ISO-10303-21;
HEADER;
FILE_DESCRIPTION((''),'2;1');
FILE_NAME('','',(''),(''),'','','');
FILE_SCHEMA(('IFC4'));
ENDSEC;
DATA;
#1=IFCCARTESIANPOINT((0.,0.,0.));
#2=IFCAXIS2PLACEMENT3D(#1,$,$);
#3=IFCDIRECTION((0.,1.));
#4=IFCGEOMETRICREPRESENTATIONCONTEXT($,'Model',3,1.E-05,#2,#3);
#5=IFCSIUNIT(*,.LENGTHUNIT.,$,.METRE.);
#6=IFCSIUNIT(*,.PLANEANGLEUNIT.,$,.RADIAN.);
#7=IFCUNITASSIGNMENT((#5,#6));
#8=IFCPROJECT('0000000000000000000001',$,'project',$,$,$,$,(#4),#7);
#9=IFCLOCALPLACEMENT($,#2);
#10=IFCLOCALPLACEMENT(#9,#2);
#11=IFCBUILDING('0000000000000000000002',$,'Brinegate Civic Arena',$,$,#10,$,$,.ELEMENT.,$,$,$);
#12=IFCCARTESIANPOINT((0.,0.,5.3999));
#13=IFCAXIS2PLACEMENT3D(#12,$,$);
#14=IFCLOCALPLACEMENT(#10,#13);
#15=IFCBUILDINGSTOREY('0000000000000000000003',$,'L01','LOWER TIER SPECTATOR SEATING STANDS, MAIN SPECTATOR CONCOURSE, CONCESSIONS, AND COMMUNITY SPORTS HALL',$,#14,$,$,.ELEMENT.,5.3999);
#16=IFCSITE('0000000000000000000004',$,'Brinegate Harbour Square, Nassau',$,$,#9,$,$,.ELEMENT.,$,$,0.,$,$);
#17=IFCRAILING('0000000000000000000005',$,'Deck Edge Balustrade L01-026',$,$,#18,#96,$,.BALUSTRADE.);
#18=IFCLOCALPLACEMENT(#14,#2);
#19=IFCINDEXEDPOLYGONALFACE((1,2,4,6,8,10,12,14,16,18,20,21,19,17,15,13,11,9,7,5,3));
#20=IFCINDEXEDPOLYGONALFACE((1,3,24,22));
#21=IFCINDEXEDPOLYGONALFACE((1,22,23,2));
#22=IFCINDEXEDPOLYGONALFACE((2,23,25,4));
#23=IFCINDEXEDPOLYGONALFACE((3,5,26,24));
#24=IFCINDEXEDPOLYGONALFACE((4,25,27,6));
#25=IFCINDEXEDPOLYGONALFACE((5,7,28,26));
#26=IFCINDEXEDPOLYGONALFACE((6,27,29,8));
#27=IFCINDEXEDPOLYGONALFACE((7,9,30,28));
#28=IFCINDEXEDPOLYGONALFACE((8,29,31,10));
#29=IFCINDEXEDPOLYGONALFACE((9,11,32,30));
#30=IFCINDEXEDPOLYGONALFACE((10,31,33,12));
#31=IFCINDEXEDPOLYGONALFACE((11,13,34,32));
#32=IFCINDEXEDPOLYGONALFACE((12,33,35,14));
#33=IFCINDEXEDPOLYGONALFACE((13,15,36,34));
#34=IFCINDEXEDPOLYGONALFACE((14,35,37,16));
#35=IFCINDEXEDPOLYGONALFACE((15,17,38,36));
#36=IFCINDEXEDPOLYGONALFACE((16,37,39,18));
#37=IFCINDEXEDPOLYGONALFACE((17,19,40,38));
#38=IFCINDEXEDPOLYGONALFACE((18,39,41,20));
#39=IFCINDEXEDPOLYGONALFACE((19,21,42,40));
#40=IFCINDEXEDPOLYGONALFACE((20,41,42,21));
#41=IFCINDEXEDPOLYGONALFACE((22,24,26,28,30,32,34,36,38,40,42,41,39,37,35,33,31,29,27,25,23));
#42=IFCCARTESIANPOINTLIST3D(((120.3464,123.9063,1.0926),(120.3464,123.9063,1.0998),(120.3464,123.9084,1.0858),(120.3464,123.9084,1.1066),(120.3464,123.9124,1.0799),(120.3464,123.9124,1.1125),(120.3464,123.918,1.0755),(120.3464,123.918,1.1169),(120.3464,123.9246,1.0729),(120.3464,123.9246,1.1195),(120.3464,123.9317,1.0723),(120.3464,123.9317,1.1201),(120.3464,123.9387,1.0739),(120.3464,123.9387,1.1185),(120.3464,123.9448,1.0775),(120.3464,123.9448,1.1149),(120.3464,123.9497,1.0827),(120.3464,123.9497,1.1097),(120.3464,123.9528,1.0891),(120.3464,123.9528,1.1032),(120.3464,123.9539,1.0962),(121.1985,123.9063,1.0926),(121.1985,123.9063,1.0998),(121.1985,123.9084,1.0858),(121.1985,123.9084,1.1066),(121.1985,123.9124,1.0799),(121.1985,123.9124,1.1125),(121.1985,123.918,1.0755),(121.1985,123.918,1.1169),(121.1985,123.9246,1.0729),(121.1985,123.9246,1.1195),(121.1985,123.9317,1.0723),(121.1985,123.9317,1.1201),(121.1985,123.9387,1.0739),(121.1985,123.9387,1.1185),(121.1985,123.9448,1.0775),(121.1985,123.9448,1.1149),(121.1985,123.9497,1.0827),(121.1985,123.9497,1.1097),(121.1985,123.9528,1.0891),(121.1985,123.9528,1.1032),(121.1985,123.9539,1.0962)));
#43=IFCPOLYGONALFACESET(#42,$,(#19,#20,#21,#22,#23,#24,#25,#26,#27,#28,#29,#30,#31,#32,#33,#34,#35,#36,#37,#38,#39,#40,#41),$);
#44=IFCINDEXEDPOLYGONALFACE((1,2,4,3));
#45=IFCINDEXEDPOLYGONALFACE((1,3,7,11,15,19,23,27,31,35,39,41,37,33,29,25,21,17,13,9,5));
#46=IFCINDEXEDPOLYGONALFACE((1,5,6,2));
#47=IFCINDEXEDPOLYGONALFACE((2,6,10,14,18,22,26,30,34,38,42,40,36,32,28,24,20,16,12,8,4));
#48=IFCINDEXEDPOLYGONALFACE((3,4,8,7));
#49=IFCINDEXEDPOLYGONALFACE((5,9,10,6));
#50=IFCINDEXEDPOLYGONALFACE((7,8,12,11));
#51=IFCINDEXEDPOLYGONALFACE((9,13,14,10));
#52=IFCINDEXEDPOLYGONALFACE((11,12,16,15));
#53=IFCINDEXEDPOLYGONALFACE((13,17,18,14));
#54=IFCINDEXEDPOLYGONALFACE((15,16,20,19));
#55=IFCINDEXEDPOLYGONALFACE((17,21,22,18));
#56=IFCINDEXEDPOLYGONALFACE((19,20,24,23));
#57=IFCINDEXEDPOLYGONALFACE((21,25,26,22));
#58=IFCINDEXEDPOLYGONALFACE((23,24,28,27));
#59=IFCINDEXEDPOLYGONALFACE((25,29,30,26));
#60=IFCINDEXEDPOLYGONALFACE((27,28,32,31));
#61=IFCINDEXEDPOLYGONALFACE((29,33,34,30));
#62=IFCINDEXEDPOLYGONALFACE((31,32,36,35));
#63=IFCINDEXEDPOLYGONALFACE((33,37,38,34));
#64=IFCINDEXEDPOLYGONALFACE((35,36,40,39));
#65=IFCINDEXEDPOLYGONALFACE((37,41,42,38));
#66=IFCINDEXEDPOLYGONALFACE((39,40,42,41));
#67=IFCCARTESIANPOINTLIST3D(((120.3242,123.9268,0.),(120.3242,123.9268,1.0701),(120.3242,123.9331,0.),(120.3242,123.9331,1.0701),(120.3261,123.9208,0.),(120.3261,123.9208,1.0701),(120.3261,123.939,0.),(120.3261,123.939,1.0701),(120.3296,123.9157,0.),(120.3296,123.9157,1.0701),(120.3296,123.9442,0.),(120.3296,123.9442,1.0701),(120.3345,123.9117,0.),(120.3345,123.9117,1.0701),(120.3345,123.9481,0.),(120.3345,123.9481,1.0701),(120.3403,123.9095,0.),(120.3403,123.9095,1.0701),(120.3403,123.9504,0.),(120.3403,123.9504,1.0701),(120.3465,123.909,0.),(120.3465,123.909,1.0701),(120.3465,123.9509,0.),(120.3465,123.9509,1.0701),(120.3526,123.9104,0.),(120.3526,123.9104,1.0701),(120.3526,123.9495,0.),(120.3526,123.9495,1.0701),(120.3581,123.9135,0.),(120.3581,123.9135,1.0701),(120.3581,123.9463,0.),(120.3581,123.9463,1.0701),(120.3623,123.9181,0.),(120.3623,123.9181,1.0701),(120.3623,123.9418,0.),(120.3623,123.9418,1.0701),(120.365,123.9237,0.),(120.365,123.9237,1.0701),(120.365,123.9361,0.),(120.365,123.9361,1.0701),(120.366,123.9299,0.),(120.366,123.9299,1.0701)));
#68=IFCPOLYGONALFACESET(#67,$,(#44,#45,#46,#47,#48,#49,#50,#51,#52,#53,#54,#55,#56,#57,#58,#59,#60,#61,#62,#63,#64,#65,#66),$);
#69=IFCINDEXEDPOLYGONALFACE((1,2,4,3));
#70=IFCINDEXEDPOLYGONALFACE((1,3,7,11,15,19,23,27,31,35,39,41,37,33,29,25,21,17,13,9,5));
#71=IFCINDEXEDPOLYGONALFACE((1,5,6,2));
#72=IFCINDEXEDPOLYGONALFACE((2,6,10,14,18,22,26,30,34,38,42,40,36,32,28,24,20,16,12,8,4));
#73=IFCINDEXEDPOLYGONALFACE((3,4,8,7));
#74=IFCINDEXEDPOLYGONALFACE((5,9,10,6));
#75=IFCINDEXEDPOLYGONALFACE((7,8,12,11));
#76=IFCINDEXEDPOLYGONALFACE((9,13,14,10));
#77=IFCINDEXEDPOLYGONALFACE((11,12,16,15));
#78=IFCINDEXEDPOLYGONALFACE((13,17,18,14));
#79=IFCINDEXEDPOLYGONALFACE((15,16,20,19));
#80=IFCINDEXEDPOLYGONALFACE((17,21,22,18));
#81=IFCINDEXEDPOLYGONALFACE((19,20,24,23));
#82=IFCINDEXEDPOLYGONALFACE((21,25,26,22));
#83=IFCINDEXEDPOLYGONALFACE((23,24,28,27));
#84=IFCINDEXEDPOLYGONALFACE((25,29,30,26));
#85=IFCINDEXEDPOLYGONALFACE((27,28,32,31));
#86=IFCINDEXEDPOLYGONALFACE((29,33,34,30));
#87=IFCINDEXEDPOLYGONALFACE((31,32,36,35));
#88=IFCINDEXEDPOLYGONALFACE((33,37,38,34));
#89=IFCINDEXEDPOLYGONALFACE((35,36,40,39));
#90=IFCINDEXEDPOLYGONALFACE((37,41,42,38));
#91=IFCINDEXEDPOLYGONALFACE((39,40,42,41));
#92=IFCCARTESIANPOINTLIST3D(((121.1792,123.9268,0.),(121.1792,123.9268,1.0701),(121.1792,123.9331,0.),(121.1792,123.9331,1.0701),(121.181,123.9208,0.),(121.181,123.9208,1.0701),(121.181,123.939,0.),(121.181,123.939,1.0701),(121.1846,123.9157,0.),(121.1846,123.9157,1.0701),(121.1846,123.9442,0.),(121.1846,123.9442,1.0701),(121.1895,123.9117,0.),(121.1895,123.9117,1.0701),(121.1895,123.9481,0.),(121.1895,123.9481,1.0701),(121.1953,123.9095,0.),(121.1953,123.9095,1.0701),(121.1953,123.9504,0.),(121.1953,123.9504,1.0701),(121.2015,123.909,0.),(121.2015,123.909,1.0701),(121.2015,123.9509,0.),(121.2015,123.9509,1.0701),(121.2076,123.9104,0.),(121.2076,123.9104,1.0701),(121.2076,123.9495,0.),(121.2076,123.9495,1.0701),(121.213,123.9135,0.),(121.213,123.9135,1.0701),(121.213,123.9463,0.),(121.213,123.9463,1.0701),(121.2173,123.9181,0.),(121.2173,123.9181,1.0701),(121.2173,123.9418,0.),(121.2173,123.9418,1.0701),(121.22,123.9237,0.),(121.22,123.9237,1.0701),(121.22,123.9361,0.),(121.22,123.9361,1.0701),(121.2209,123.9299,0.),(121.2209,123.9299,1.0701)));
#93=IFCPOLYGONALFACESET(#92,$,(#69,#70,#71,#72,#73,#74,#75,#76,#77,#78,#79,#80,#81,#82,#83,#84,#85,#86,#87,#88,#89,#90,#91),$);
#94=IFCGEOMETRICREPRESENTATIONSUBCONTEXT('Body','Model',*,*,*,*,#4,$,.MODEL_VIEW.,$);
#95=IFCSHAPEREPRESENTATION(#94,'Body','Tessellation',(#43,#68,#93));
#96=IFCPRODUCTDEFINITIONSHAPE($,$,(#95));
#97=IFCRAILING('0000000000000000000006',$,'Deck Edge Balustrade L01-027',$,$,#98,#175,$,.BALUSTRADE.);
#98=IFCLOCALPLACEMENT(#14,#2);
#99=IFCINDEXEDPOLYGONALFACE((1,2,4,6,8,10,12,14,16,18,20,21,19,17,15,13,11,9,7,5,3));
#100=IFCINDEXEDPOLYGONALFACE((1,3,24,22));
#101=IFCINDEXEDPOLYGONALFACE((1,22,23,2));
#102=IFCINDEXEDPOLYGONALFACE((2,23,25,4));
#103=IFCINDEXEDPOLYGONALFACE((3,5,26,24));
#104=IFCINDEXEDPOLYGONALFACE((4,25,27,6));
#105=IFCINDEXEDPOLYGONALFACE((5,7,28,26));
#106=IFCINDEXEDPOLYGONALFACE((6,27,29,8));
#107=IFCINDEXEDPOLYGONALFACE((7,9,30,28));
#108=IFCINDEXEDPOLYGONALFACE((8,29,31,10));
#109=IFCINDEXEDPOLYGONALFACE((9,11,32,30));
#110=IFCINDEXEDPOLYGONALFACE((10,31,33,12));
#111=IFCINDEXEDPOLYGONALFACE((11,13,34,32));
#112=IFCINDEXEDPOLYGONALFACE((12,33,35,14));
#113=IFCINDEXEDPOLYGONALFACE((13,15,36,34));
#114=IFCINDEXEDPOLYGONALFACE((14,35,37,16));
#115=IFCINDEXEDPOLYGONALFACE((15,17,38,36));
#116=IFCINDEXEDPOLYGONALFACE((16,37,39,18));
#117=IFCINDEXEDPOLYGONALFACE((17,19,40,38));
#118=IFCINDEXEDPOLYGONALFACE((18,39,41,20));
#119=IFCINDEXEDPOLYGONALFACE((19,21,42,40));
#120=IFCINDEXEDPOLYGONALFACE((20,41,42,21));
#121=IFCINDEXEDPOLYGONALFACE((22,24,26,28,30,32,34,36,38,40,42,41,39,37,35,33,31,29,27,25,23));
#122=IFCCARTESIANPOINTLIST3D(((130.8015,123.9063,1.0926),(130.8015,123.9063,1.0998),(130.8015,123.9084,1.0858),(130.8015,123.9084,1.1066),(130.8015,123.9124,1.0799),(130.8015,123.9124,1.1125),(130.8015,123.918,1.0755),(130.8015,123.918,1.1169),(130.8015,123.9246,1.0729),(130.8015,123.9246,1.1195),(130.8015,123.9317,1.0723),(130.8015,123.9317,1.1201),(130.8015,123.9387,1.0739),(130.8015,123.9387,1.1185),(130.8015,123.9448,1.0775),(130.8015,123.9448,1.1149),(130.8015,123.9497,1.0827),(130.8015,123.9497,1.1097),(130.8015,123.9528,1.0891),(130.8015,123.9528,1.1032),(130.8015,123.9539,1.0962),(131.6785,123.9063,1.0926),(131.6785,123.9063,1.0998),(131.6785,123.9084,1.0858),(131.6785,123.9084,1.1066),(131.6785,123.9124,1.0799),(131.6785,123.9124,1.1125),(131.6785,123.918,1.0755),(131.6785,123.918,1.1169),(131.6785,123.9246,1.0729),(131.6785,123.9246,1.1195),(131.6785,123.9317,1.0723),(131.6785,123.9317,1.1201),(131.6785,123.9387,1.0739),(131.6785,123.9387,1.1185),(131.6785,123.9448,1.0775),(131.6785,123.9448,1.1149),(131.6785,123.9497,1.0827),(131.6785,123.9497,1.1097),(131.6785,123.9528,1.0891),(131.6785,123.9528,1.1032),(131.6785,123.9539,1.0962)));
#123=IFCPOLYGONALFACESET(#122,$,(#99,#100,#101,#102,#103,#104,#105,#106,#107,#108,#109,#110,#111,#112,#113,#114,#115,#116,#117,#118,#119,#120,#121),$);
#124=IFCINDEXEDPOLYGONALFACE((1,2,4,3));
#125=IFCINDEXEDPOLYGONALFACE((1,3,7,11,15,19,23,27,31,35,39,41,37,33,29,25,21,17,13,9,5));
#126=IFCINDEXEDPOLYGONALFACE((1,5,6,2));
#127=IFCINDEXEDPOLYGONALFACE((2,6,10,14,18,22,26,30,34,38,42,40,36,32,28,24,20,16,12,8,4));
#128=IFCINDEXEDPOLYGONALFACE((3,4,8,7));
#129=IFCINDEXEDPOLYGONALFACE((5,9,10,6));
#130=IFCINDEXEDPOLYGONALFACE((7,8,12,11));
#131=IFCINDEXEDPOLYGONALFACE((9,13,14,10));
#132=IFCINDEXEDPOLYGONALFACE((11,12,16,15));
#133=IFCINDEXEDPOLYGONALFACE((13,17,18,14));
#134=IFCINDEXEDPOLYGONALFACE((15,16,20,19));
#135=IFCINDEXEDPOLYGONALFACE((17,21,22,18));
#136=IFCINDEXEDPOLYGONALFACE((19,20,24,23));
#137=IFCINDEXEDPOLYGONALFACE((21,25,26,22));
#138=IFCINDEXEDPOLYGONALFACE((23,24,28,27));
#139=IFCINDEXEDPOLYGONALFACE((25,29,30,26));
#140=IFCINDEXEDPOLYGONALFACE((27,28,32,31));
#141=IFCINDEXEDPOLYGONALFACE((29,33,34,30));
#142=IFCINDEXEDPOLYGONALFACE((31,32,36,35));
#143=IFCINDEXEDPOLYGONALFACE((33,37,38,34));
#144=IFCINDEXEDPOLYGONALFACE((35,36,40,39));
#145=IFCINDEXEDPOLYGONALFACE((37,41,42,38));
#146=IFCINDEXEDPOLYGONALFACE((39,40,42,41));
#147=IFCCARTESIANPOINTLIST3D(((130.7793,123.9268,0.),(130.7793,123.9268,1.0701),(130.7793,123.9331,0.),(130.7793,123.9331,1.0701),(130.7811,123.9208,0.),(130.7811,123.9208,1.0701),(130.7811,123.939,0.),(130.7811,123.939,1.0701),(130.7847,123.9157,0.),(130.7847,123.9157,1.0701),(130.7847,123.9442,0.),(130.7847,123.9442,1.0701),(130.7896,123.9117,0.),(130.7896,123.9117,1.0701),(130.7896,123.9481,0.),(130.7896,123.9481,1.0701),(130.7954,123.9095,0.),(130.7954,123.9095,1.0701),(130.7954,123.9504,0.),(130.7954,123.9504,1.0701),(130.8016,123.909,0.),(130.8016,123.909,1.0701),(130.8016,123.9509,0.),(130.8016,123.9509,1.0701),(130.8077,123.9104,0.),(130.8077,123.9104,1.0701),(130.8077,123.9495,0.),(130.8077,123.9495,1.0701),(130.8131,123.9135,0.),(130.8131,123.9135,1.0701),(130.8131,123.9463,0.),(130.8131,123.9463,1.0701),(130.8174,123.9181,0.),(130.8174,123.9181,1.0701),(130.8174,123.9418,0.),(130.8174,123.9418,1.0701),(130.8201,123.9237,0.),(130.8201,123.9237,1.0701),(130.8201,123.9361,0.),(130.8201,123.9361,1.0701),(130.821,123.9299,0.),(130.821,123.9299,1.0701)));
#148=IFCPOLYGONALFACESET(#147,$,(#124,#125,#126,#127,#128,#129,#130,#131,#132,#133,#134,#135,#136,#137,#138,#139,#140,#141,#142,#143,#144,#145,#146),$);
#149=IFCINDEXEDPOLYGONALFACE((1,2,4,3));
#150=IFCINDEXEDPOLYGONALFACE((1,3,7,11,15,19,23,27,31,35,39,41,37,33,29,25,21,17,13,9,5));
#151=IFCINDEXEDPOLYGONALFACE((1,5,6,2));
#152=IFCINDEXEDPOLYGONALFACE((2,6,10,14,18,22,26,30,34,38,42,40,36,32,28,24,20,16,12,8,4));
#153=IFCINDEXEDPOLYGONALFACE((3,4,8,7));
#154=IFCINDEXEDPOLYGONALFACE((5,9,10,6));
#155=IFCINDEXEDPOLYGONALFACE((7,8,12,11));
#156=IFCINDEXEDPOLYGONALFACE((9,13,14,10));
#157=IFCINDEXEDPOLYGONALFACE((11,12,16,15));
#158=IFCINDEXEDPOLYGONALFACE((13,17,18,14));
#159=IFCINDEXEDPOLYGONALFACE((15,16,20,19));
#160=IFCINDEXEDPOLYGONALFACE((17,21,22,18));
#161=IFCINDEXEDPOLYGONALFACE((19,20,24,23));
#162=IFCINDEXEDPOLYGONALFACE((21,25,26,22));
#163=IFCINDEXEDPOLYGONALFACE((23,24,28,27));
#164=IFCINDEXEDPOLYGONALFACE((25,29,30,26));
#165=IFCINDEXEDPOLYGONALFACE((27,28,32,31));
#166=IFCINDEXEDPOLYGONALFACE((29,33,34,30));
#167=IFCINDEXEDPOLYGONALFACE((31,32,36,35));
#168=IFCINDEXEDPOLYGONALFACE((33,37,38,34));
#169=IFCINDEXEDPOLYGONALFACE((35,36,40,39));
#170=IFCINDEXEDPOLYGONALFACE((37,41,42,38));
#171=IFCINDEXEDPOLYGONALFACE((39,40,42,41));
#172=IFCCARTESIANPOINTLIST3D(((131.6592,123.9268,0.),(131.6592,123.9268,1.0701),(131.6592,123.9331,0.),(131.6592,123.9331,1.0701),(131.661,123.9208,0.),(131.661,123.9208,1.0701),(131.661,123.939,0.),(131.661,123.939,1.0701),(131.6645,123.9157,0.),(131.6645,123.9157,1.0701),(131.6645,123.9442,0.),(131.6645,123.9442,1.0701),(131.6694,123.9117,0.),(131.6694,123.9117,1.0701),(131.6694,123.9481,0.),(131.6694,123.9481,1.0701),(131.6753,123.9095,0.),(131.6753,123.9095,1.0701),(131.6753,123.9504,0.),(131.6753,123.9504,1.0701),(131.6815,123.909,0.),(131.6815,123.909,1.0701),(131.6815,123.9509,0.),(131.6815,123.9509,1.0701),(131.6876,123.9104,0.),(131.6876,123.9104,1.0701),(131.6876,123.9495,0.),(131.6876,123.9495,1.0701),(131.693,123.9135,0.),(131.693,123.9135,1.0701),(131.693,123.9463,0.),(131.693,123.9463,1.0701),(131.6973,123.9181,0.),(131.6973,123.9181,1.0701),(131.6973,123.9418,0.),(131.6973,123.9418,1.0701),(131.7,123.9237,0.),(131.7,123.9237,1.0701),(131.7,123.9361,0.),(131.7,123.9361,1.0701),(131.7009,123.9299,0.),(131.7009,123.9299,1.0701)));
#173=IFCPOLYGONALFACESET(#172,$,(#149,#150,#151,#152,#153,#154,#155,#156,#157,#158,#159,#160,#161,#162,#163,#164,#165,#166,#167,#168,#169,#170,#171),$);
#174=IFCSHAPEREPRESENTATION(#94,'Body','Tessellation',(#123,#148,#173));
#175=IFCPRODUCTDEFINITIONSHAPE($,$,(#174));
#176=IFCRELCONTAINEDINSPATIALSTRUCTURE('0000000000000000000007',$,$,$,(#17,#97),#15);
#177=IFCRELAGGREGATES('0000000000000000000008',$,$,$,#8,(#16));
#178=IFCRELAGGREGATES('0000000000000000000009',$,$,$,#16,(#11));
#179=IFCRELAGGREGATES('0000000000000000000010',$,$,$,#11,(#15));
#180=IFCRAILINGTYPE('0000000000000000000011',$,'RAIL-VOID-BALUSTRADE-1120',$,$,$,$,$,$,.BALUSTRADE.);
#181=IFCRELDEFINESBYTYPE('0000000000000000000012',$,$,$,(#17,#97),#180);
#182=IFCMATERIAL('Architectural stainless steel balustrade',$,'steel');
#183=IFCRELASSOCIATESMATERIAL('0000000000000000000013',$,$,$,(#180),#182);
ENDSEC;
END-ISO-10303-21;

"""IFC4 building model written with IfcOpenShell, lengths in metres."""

from ifc_helpers import new_model, si_unit, direction, frame, origin, origin_2d, place, context, subcontext, project, spatial, circle, extrude, material, type_object, element, save


model = new_model("IFC4")

# Units and contexts
model_context = context("Model", 3, precision=1e-05, world=origin(), true_north=direction((0.0, 1.0)))
body_context = subcontext(model_context, "Body", "Model", "MODEL_VIEW")
ifc_project = project(units=[si_unit("LENGTHUNIT", "METRE"), si_unit("PLANEANGLEUNIT", "RADIAN")], contexts=[model_context])

# Site, building, storey
site_placement = place(None, origin())
site = spatial("IfcSite", under=ifc_project, at=site_placement, Name="Brinegate Harbour Square, Nassau", CompositionType="ELEMENT", RefElevation=0.0)
building_placement = place(site_placement, origin())
building = spatial("IfcBuilding", under=site, at=building_placement, Name="Brinegate Civic Arena", CompositionType="ELEMENT")
storey_placement = place(building_placement, frame((0.0, 0.0, 5.3999)))
storey = spatial("IfcBuildingStorey", under=building, at=storey_placement, Name="L01", Description="LOWER TIER SPECTATOR SEATING STANDS, MAIN SPECTATOR CONCOURSE, CONCESSIONS, AND COMMUNITY SPORTS HALL", CompositionType="ELEMENT", Elevation=5.3999)

# Railings
ifc_material_1 = material(Name="Architectural stainless steel balustrade", Category="steel")
railing_type_1 = type_object("IfcRailingType", Name="RAIL-VOID-BALUSTRADE-1120", PredefinedType="BALUSTRADE", material=ifc_material_1)
for number, where, name in (
    (1, (120.345, 123.9299, 0.0), "Deck Edge Balustrade L01-026"),
):
    element("IfcRailing", number, at=place(storey_placement, frame(where)), inside=storey, type_object=railing_type_1, Name=name, PredefinedType="BALUSTRADE", context=body_context, shape_type="SweptSolid", body=[
        extrude(circle(Radius=0.0239, at=origin_2d()), frame((0.0015, 0.0, 1.0962), z_axis=(1.0, 0.0, 0.0), x_axis=(0.0, 1.0, 0.0)), (0.0, 0.0, 1.0), 0.8521),
        extrude(circle(Radius=0.021, at=origin_2d()), origin(), (0.0, 0.0, 1.0), 1.0701),
        extrude(circle(Radius=0.021, at=origin_2d()), frame((0.855, 0.0, 0.0)), (0.0, 0.0, 1.0), 1.0701),
    ])
railing_1_placement = place(storey_placement, frame((130.8, 123.9299, 0.0)))
element("IfcRailing", 2, at=railing_1_placement, inside=storey, type_object=railing_type_1, Name="Deck Edge Balustrade L01-027", PredefinedType="BALUSTRADE", context=body_context, shape_type="SweptSolid", body=[
    extrude(circle(Radius=0.0239, at=origin_2d()), frame((0.0015, 0.0, 1.0962), z_axis=(1.0, 0.0, 0.0), x_axis=(0.0, 1.0, 0.0)), (0.0, 0.0, 1.0), 0.877),
    extrude(circle(Radius=0.021, at=origin_2d()), origin(), (0.0, 0.0, 1.0), 1.0701),
    extrude(circle(Radius=0.021, at=origin_2d()), frame((0.8799, 0.0, 0.0)), (0.0, 0.0, 1.0), 1.0701),
])

save(model, "model.ifc")
